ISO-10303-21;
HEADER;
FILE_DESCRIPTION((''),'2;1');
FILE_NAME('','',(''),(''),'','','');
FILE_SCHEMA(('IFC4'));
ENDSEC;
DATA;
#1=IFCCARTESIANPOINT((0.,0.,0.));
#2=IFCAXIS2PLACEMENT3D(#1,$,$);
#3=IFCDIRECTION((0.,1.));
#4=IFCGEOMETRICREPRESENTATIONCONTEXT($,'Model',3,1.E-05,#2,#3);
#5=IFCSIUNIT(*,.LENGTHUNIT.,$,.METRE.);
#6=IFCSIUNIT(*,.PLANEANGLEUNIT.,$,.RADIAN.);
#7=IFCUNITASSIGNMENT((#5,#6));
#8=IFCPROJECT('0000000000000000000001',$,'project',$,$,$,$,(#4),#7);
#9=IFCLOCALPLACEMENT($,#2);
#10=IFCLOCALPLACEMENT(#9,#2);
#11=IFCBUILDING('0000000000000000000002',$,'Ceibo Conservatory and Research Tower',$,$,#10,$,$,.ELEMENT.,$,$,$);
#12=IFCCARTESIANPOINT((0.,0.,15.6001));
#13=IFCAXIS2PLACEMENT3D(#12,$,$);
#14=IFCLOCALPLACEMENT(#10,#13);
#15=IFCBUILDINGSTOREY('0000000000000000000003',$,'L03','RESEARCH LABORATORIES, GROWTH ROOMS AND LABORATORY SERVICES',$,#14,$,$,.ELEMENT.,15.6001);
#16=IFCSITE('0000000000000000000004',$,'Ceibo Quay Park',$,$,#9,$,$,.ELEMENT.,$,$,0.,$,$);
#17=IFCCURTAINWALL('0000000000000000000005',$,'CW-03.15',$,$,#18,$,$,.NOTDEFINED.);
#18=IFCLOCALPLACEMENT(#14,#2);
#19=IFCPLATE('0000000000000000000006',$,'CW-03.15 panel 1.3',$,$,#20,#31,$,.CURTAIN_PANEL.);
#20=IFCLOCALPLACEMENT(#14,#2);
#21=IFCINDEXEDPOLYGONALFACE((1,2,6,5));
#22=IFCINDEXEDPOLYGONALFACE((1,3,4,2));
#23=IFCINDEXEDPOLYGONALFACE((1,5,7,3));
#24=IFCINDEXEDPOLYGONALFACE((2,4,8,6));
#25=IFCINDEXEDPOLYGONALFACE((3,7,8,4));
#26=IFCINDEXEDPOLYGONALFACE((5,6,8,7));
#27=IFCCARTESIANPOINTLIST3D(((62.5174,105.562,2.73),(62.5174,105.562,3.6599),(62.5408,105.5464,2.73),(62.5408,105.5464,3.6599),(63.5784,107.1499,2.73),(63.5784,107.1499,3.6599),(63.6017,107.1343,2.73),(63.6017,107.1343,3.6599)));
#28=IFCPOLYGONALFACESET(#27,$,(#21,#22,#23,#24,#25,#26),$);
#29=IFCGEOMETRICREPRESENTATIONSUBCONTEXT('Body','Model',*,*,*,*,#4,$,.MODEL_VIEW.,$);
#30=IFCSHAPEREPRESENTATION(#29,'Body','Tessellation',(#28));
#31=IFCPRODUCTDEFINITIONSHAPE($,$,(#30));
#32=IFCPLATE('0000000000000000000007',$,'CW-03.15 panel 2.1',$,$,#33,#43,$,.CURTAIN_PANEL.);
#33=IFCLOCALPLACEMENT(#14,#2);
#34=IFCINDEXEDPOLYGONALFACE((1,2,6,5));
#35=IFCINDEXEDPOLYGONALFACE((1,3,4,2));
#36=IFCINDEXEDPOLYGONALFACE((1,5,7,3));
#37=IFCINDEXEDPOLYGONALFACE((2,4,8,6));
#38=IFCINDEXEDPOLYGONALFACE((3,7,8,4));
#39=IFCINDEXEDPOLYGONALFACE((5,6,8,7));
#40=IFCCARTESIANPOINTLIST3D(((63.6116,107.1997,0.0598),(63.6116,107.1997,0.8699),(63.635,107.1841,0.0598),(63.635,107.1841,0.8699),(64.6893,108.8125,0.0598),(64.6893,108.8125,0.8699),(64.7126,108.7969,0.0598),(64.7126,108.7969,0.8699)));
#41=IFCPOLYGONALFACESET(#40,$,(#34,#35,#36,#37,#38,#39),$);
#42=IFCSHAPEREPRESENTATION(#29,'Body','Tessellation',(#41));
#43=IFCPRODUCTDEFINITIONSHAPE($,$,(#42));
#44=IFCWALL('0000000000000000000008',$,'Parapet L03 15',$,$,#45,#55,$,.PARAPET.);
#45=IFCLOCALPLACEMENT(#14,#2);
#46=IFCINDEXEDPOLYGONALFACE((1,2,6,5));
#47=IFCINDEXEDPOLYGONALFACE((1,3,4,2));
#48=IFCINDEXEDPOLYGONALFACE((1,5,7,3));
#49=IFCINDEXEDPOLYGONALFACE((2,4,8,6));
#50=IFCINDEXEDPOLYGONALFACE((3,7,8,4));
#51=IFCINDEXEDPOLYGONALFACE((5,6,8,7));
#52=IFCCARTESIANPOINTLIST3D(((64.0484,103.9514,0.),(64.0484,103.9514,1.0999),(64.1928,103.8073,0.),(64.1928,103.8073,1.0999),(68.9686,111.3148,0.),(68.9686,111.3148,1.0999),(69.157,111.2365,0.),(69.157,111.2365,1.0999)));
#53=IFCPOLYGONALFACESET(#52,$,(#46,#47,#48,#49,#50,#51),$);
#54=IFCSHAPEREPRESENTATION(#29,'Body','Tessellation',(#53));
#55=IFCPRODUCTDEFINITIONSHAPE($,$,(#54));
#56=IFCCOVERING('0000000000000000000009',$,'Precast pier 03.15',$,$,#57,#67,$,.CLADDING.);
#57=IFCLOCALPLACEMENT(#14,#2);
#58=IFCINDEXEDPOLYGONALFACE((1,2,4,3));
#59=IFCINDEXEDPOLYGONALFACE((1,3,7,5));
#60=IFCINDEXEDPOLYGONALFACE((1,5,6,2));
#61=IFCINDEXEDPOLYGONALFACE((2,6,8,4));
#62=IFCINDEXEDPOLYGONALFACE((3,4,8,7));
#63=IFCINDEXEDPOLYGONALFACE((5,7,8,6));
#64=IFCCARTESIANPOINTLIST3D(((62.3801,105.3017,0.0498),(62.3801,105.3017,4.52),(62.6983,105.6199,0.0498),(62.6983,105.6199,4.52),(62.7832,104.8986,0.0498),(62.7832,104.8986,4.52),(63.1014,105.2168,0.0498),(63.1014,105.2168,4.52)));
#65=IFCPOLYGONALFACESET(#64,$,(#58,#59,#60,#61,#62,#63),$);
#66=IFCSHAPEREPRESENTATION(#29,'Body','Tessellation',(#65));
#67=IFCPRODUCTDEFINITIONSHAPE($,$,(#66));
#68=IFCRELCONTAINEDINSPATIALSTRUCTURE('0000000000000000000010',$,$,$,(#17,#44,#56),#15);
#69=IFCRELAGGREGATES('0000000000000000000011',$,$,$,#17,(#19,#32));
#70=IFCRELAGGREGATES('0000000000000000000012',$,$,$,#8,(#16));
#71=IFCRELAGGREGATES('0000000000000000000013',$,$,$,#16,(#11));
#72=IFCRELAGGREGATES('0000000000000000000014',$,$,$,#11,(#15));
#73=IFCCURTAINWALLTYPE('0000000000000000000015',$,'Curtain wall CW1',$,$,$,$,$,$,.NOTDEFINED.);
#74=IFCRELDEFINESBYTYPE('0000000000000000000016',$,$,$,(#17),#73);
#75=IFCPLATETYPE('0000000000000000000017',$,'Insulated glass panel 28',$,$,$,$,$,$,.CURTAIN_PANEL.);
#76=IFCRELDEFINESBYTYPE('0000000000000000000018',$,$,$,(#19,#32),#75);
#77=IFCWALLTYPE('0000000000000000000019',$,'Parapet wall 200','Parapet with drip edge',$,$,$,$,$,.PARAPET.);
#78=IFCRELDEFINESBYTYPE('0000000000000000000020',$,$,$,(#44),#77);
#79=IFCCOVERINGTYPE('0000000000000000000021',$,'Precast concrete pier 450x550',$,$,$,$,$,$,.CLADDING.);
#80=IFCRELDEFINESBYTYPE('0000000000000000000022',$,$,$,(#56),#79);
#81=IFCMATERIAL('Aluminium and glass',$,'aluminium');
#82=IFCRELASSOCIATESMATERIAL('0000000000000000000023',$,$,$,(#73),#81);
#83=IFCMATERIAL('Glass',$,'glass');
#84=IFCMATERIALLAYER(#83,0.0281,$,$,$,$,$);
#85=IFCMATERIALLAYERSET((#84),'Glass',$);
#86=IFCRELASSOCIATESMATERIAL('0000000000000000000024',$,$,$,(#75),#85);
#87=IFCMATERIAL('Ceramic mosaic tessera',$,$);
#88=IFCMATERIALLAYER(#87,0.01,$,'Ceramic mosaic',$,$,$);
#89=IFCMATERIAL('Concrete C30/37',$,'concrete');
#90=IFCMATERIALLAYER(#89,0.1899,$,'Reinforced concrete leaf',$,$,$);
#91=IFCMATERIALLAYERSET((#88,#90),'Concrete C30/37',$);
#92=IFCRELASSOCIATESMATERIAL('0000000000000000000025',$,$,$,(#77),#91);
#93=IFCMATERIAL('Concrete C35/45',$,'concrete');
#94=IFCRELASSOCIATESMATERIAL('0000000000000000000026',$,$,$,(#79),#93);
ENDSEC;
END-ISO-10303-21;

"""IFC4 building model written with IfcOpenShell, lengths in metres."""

from ifc_helpers import new_model, si_unit, direction, frame, origin, origin_2d, place, context, subcontext, project, spatial, polyline, rectangle, outline, extrude, material, layer, layer_set, type_object, element, aggregate, save


model = new_model("IFC4")

# Units and contexts
model_context = context("Model", 3, precision=1e-05, world=origin(), true_north=direction((0.0, 1.0)))
body_context = subcontext(model_context, "Body", "Model", "MODEL_VIEW")
ifc_project = project(units=[si_unit("LENGTHUNIT", "METRE"), si_unit("PLANEANGLEUNIT", "RADIAN")], contexts=[model_context])

# Site, building, storey
site_placement = place(None, origin())
site = spatial("IfcSite", under=ifc_project, at=site_placement, Name="Ceibo Quay Park", CompositionType="ELEMENT", RefElevation=0.0)
building_placement = place(site_placement, origin())
building = spatial("IfcBuilding", under=site, at=building_placement, Name="Ceibo Conservatory and Research Tower", CompositionType="ELEMENT")
storey_placement = place(building_placement, frame((0.0, 0.0, 15.6001)))
storey = spatial("IfcBuildingStorey", under=building, at=storey_placement, Name="L03", Description="RESEARCH LABORATORIES, GROWTH ROOMS AND LABORATORY SERVICES", CompositionType="ELEMENT", Elevation=15.6001)

# Shared definitions
ifc_material_1 = material(Name="Concrete C35/45", Category="concrete")

# Curtain wall
ifc_material_2 = material(Name="Aluminium and glass", Category="aluminium")
curtain_wall_type = type_object("IfcCurtainWallType", Name="Curtain wall CW1", PredefinedType="NOTDEFINED", material=ifc_material_2)
curtain_wall_1_placement = place(storey_placement, origin())
curtain_wall_1 = element("IfcCurtainWall", 1, at=curtain_wall_1_placement, inside=storey, type_object=curtain_wall_type, Name="CW-03.15", PredefinedType="NOTDEFINED")

# Plates
ifc_material_3 = material(Name="Glass", Category="glass")
ifc_layer_1 = layer(ifc_material_3, 0.0281)
ifc_layer_set_1 = layer_set([ifc_layer_1], Name="Glass")
plate_type = type_object("IfcPlateType", Name="Insulated glass panel 28", PredefinedType="CURTAIN_PANEL", material=ifc_layer_set_1)
plate_1_placement = place(storey_placement, frame((63.0596, 106.3481, 2.73), z_axis=(0.0, 0.0, 1.0), x_axis=(0.55557, 0.83147, 0.0)))
plate_1 = element("IfcPlate", 2, at=plate_1_placement, type_object=plate_type, Name="CW-03.15 panel 1.3", PredefinedType="CURTAIN_PANEL", context=body_context, shape_type="SweptSolid", body=[
    extrude(rectangle(XDim=1.9097, YDim=0.0281, at=origin_2d()), origin(), (0.0, 0.0, 1.0), 0.9299),
])
plate_2_placement = place(storey_placement, frame((64.1621, 107.9983, 0.0598), z_axis=(0.0, 0.0, 1.0), x_axis=(0.55557, 0.83147, 0.0)))
plate_2 = element("IfcPlate", 3, at=plate_2_placement, type_object=plate_type, Name="CW-03.15 panel 2.1", PredefinedType="CURTAIN_PANEL", context=body_context, shape_type="SweptSolid", body=[
    extrude(rectangle(XDim=1.9397, YDim=0.0281, at=origin_2d()), origin(), (0.0, 0.0, 1.0), 0.8101),
])
aggregate(curtain_wall_1, [plate_1, plate_2])

# Wall
ifc_material_4 = material(Name="Ceramic mosaic tessera")
ifc_layer_2 = layer(ifc_material_4, 0.01, Name="Ceramic mosaic")
ifc_material_5 = material(Name="Concrete C30/37", Category="concrete")
ifc_layer_3 = layer(ifc_material_5, 0.1899, Name="Reinforced concrete leaf")
ifc_layer_set_2 = layer_set([ifc_layer_2, ifc_layer_3], Name="Concrete C30/37")
wall_type = type_object("IfcWallType", Name="Parapet wall 200", Description="Parapet with drip edge", PredefinedType="PARAPET", material=ifc_layer_set_2)
wall_placement = place(storey_placement, frame((64.1206, 103.8794, 0.0), z_axis=(0.0, 0.0, 1.0), x_axis=(0.55558, 0.831463, 0.0)))
element("IfcWall", 4, at=wall_placement, inside=storey, type_object=wall_type, Name="Parapet L03 15", PredefinedType="PARAPET", context=body_context, shape_type="SweptSolid", body=[
    extrude(outline(polyline([(-0.0198, -0.1001), (8.9153, -0.1001), (8.8757, 0.1001), (0.0198, 0.1001), (-0.0198, -0.1001)])), origin(), (0.0, 0.0, 1.0), 1.0999),
])

# Covering
covering_type = type_object("IfcCoveringType", Name="Precast concrete pier 450x550", PredefinedType="CLADDING", material=ifc_material_1)
covering_placement = place(storey_placement, frame((62.7407, 105.2593, 0.0498), z_axis=(0.0, 0.0, 1.0), x_axis=(0.707107, -0.707107, 0.0)))
element("IfcCovering", 5, at=covering_placement, inside=storey, type_object=covering_type, Name="Precast pier 03.15", PredefinedType="CLADDING", context=body_context, shape_type="SweptSolid", body=[
    extrude(rectangle(XDim=0.5701, YDim=0.45, at=origin_2d()), origin(), (0.0, 0.0, 1.0), 4.4702),
])

save(model, "model.ifc")
